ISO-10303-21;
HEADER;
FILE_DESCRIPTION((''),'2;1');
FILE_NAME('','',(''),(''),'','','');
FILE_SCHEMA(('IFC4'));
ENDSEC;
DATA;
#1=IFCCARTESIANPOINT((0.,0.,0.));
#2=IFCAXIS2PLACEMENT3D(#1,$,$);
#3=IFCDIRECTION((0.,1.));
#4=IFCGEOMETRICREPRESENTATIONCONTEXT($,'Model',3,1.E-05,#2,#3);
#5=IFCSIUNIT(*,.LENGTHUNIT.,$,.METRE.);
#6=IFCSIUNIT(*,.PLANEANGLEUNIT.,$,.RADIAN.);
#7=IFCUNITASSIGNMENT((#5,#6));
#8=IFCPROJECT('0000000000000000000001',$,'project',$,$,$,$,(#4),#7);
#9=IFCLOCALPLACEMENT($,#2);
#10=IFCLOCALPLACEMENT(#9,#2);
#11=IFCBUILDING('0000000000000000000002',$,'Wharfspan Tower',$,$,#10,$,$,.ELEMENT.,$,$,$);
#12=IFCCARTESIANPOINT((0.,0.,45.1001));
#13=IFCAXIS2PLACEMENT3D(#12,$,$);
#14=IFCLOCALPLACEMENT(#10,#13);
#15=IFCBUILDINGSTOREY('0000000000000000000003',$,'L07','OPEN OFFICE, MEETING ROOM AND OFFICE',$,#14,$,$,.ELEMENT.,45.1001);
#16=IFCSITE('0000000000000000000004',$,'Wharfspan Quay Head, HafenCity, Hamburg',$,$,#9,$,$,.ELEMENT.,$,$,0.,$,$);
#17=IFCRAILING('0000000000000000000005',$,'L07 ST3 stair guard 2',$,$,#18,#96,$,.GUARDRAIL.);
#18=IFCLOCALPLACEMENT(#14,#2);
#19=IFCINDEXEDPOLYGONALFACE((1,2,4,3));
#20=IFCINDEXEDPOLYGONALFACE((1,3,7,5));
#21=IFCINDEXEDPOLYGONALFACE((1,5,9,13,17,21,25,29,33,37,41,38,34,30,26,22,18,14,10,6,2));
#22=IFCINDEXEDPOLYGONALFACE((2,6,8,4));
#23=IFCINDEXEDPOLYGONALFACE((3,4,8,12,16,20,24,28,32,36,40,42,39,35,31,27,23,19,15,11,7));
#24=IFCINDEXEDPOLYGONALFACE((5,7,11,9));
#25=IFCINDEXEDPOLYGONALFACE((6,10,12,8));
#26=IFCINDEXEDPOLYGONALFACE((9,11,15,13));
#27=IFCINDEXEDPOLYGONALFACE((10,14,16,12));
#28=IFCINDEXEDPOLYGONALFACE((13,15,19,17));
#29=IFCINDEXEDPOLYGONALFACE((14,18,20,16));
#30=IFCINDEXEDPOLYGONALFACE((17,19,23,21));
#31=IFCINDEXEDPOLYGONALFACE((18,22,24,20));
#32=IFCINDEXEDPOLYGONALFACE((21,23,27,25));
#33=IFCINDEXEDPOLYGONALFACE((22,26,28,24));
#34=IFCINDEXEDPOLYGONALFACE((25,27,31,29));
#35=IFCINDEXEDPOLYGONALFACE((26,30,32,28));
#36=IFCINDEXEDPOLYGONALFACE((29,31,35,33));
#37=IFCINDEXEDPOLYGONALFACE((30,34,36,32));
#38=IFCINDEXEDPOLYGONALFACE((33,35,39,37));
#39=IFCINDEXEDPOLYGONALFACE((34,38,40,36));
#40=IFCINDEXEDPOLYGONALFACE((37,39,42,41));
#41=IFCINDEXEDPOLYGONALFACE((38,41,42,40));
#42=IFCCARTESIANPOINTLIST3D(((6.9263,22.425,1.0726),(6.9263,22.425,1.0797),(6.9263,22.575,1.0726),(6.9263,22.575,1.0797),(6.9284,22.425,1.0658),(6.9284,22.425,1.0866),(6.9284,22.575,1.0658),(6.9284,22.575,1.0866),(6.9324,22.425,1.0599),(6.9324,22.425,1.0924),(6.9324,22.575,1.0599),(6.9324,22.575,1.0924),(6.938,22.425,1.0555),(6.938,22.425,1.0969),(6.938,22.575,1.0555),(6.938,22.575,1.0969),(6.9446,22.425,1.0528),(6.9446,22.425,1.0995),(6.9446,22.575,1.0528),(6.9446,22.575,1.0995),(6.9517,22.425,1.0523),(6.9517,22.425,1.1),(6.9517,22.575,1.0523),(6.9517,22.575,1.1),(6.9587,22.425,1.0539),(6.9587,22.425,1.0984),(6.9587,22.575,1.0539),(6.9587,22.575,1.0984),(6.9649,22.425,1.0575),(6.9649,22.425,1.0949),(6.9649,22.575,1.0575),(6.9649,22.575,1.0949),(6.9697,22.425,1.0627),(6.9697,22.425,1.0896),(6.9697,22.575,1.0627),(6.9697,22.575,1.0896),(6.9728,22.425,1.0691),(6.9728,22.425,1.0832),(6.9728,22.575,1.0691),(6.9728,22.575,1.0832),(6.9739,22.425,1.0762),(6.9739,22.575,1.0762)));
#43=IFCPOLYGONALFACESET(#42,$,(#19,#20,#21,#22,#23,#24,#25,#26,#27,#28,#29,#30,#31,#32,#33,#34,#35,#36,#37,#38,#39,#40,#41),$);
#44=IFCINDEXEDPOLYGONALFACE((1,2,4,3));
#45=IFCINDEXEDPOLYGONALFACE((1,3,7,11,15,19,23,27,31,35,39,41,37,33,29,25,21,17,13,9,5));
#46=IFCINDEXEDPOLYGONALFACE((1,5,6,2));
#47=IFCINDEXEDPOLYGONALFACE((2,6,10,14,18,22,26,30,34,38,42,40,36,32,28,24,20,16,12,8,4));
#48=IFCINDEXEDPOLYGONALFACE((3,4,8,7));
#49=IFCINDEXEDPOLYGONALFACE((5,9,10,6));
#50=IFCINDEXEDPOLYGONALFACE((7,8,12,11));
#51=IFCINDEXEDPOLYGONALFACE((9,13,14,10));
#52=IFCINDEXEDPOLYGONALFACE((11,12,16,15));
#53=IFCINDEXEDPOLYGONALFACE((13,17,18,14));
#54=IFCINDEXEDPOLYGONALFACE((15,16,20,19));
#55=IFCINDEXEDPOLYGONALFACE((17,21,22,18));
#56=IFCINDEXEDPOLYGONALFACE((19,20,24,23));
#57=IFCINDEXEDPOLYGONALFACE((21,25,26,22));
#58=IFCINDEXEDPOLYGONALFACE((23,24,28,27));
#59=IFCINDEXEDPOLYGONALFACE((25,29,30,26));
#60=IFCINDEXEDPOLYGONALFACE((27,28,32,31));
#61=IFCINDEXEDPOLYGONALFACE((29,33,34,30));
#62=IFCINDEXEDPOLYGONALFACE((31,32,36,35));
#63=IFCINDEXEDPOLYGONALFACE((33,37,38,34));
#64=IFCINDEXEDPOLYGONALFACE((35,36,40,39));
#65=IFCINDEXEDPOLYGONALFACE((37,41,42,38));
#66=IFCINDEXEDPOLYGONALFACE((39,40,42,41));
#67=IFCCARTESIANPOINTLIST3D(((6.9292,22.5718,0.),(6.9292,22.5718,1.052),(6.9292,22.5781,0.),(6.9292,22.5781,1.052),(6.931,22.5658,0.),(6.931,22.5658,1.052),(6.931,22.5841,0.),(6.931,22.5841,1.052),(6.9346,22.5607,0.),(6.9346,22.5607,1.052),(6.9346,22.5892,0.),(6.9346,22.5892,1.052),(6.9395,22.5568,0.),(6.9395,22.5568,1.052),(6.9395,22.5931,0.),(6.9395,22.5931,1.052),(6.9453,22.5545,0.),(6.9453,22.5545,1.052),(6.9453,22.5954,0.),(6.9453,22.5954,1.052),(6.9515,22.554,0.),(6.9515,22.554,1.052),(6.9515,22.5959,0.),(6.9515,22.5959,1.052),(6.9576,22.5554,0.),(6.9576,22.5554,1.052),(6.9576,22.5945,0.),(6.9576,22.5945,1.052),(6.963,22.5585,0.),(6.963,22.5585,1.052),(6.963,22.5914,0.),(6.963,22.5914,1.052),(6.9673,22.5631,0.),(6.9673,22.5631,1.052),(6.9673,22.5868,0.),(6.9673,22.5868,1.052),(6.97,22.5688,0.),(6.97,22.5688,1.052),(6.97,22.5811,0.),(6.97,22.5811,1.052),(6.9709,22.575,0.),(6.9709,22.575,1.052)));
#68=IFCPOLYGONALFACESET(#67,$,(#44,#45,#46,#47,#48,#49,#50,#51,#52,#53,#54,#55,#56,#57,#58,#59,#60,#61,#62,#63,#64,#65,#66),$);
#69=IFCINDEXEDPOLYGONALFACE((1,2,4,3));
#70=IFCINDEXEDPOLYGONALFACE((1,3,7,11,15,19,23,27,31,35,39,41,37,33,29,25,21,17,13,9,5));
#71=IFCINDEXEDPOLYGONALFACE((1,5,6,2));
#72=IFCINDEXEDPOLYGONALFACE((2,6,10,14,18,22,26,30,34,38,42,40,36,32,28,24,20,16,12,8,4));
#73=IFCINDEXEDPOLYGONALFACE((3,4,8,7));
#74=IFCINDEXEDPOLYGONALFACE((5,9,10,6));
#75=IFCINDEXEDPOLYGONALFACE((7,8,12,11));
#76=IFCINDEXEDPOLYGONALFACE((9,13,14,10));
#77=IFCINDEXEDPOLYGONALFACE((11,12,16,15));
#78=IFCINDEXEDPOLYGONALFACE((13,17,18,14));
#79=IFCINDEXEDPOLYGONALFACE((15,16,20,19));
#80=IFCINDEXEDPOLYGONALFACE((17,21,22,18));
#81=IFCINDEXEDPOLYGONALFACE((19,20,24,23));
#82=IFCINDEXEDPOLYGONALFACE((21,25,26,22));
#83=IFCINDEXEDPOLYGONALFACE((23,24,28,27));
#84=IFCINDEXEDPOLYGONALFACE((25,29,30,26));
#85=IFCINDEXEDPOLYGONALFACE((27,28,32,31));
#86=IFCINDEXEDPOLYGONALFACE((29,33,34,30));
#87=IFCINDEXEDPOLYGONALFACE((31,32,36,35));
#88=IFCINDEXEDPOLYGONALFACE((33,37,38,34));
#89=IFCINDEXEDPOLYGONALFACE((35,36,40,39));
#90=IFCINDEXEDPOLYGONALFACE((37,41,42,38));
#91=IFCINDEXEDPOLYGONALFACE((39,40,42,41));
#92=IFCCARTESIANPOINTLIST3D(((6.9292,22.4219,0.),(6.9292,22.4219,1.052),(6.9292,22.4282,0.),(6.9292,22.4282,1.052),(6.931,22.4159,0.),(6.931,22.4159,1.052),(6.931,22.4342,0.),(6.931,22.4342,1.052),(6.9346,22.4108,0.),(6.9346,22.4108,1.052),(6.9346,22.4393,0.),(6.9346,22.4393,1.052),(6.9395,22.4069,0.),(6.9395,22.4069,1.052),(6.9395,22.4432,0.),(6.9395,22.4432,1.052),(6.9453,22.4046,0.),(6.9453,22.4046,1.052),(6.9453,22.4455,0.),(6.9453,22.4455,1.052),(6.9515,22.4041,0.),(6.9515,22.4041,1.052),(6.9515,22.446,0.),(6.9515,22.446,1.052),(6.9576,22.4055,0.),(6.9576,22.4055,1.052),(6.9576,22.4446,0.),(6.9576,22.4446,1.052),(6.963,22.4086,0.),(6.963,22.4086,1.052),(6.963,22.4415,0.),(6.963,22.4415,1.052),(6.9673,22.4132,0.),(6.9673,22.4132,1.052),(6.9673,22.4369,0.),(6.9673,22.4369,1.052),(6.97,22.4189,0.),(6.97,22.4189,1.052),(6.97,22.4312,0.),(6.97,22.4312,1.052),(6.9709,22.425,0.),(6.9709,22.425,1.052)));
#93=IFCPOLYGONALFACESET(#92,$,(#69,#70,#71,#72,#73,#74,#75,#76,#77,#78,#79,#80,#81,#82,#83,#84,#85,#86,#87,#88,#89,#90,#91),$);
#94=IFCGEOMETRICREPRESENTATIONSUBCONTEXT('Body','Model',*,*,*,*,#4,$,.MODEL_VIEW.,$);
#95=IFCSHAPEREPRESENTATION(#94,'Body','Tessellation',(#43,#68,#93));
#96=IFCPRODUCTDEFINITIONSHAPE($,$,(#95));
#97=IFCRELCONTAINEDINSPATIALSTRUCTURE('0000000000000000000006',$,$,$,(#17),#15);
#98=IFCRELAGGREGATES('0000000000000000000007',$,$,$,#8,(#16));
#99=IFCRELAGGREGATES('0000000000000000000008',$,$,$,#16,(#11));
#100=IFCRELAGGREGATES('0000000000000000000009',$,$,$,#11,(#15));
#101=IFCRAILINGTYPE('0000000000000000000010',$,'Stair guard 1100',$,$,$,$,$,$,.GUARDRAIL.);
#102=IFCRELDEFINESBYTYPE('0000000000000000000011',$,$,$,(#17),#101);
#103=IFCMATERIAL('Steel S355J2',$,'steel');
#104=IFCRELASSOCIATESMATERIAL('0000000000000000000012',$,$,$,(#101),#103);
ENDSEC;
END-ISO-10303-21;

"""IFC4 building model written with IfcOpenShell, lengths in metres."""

from ifc_helpers import new_model, si_unit, direction, frame, origin, origin_2d, place, context, subcontext, project, spatial, circle, extrude, material, type_object, element, save


model = new_model("IFC4")

# Units and contexts
model_context = context("Model", 3, precision=1e-05, world=origin(), true_north=direction((0.0, 1.0)))
body_context = subcontext(model_context, "Body", "Model", "MODEL_VIEW")
ifc_project = project(units=[si_unit("LENGTHUNIT", "METRE"), si_unit("PLANEANGLEUNIT", "RADIAN")], contexts=[model_context])

# Site, building, storey
site_placement = place(None, origin())
site = spatial("IfcSite", under=ifc_project, at=site_placement, Name="Wharfspan Quay Head, HafenCity, Hamburg", CompositionType="ELEMENT", RefElevation=0.0)
building_placement = place(site_placement, origin())
building = spatial("IfcBuilding", under=site, at=building_placement, Name="Wharfspan Tower", CompositionType="ELEMENT")
storey_placement = place(building_placement, frame((0.0, 0.0, 45.1001)))
storey = spatial("IfcBuildingStorey", under=building, at=storey_placement, Name="L07", Description="OPEN OFFICE, MEETING ROOM AND OFFICE", CompositionType="ELEMENT", Elevation=45.1001)

# Shared definitions
ifc_material_1 = material(Name="Steel S355J2", Category="steel")

# Railing
railing_type_1 = type_object("IfcRailingType", Name="Stair guard 1100", PredefinedType="GUARDRAIL", material=ifc_material_1)
railing_1_placement = place(storey_placement, frame((6.95, 22.575, 0.0)))
element("IfcRailing", 1, at=railing_1_placement, inside=storey, type_object=railing_type_1, Name="L07 ST3 stair guard 2", PredefinedType="GUARDRAIL", context=body_context, shape_type="SweptSolid", body=[
    extrude(circle(Radius=0.0239, at=origin_2d()), frame((0.0, 0.0, 1.0762), z_axis=(0.0, -1.0, 0.0), x_axis=(1.0, 0.0, 0.0)), (0.0, 0.0, 1.0), 0.1499),
    extrude(circle(Radius=0.021, at=origin_2d()), origin(), (0.0, 0.0, 1.0), 1.052),
    extrude(circle(Radius=0.021, at=origin_2d()), frame((0.0, -0.1499, 0.0)), (0.0, 0.0, 1.0), 1.052),
])

save(model, "model.ifc")
